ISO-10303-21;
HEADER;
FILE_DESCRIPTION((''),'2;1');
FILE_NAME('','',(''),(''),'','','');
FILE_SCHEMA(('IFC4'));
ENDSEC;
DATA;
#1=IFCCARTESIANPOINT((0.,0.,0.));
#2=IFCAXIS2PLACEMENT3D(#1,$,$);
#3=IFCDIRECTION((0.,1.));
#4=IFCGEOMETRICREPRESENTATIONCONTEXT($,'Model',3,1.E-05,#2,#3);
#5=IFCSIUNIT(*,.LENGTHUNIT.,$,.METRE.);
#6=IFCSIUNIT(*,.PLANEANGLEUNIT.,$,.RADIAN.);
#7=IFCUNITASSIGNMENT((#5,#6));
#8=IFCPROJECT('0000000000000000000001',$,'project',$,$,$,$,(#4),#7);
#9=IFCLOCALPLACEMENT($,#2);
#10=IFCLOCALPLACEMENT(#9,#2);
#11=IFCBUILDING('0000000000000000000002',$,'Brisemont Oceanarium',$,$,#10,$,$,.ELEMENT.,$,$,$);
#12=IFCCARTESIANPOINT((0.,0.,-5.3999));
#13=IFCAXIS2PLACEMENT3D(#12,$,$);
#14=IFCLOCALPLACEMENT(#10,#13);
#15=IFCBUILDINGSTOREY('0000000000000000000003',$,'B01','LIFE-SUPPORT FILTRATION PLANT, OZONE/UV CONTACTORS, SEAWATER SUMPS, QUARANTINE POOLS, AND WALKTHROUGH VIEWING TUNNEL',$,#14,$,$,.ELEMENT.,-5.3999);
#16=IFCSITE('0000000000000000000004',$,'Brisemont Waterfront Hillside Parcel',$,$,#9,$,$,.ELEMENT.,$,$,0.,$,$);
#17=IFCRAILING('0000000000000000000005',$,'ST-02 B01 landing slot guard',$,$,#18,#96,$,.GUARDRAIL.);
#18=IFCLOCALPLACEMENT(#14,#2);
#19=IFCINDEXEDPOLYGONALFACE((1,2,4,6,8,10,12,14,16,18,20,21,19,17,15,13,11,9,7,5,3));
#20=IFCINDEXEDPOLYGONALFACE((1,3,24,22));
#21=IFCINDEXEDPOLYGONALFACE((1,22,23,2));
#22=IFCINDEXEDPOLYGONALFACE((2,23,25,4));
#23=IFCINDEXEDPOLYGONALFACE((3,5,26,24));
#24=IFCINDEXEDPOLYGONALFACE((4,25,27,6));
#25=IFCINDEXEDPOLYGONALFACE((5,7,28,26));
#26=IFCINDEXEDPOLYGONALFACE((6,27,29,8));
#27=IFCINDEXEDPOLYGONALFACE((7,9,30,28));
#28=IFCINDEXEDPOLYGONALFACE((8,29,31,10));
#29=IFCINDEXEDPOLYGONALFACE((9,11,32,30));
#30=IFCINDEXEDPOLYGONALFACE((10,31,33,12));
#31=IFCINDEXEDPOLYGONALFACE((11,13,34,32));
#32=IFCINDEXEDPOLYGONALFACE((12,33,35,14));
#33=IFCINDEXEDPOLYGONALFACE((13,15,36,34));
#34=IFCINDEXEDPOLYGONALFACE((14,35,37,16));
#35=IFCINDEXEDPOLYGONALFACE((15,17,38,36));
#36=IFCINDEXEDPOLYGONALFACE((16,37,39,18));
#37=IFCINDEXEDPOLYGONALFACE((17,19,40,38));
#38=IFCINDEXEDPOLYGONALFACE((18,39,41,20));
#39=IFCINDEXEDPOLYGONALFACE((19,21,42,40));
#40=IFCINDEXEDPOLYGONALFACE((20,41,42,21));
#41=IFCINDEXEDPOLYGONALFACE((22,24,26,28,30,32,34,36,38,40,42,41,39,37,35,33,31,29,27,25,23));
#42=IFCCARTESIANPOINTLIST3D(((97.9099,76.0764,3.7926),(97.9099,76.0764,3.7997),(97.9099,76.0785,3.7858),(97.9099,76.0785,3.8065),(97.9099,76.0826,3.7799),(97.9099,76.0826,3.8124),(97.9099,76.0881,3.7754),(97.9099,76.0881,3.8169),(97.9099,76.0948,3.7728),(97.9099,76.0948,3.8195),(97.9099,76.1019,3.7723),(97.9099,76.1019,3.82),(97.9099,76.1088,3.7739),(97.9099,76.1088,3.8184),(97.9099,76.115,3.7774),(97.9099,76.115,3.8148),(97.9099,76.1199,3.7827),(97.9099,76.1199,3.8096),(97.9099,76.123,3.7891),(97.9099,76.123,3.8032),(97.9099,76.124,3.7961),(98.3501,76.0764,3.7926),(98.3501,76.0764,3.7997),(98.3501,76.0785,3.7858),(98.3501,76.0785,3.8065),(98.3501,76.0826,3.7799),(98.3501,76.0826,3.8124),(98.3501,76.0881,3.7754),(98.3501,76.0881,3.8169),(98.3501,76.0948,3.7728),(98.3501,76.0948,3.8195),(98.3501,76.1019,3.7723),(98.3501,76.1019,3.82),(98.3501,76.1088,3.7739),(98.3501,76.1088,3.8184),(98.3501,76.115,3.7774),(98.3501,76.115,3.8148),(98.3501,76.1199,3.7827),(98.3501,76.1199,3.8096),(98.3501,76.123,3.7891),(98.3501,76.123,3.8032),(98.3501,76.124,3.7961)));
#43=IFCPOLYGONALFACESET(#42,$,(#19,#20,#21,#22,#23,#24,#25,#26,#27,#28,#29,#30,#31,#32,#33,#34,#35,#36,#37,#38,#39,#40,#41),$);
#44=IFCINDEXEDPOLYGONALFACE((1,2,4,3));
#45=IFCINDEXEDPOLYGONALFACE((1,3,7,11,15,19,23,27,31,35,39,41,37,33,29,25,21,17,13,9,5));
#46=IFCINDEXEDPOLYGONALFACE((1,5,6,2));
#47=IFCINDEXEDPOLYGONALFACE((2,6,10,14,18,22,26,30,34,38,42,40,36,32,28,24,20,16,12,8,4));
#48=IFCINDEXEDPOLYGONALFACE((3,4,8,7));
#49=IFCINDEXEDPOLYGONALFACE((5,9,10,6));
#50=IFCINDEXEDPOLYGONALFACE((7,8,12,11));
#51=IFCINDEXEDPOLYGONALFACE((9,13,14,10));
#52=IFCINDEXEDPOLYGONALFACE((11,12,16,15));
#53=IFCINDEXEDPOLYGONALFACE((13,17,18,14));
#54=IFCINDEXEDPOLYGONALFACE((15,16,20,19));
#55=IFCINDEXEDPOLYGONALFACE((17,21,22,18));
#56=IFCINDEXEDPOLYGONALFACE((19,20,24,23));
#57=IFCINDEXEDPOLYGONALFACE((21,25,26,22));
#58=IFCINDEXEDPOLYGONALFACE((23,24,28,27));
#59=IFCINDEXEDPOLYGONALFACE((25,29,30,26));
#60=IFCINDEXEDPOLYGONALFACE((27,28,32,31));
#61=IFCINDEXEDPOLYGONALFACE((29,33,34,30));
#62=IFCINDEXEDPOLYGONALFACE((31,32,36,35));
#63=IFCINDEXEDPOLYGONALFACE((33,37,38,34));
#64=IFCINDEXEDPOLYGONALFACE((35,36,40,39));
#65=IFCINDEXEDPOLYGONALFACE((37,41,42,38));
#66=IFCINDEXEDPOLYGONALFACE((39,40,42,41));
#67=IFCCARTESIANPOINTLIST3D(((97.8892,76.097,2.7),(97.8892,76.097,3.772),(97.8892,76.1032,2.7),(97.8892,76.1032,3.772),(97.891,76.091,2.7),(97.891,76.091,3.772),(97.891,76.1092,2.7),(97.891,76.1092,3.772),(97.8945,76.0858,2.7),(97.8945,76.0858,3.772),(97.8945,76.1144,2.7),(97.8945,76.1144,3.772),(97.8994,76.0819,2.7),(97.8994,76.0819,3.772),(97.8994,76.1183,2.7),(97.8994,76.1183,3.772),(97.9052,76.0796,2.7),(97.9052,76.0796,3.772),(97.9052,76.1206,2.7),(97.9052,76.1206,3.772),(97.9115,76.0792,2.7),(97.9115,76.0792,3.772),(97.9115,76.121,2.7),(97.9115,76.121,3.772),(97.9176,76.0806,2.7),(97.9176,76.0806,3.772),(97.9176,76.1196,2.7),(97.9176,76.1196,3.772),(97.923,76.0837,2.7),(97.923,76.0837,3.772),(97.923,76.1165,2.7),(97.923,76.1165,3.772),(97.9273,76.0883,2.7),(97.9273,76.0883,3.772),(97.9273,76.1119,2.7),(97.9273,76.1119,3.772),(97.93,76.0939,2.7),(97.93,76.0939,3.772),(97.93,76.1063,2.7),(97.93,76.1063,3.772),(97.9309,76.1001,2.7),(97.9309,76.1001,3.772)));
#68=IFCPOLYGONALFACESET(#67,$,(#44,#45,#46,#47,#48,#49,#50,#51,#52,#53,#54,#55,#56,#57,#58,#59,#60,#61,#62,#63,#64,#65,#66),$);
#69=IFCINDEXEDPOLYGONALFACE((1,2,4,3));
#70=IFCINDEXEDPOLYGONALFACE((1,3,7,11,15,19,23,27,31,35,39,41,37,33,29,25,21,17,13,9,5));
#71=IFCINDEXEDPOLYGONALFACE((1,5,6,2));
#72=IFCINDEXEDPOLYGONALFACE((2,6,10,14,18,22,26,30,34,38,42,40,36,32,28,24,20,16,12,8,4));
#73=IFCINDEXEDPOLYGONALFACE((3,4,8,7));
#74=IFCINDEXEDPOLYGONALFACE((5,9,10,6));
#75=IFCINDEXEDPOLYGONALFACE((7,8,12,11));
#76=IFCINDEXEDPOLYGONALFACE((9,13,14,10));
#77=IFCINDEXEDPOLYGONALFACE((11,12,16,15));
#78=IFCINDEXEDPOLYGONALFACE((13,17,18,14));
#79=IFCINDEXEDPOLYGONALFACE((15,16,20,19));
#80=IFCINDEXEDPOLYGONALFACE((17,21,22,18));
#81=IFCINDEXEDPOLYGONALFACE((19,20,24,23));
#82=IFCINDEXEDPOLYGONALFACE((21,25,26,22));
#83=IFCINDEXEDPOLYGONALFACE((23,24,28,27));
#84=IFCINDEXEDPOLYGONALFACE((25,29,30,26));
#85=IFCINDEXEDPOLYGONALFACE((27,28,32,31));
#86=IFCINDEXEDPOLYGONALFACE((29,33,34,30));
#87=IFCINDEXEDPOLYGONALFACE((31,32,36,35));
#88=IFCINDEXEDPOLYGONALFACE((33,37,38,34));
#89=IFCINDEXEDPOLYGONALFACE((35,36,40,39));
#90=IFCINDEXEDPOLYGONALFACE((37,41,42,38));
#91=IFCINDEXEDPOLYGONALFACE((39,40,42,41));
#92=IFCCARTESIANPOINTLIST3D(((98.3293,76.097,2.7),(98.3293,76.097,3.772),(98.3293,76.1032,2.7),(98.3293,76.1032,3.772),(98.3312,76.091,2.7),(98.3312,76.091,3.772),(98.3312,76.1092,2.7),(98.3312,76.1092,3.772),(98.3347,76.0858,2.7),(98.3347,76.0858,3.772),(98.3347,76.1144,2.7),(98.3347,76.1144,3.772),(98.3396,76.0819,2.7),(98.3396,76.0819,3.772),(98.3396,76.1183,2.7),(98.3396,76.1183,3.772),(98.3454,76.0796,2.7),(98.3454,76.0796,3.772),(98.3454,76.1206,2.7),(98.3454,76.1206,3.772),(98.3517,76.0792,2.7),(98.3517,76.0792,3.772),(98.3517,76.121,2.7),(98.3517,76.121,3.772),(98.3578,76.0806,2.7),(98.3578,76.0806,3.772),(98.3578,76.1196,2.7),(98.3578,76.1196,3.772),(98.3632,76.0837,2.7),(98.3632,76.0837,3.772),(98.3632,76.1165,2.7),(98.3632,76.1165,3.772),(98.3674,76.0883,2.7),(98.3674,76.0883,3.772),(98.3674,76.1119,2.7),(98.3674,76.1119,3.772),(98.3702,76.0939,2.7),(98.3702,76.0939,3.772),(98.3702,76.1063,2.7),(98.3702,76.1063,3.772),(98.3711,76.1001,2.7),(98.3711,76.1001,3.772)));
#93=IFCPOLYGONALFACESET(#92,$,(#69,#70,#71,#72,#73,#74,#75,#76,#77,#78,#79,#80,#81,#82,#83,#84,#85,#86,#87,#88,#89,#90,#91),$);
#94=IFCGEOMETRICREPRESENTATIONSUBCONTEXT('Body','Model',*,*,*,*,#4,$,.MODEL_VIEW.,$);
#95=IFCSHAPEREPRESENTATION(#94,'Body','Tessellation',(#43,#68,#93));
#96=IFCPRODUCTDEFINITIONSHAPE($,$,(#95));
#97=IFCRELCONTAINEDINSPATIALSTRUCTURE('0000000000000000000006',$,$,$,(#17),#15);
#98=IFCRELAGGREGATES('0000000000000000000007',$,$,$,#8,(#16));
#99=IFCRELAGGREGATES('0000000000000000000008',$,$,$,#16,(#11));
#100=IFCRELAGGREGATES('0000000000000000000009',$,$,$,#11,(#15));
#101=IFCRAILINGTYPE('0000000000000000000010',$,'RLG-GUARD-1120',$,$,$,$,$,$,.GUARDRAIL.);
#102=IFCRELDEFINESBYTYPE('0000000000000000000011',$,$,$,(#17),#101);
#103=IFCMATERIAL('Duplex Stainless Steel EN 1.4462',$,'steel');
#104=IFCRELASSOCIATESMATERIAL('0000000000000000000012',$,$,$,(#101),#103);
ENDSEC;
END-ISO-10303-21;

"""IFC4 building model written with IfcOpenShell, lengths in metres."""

from ifc_helpers import new_model, si_unit, direction, frame, origin, origin_2d, place, context, subcontext, project, spatial, circle, extrude, material, type_object, element, save


model = new_model("IFC4")

# Units and contexts
model_context = context("Model", 3, precision=1e-05, world=origin(), true_north=direction((0.0, 1.0)))
body_context = subcontext(model_context, "Body", "Model", "MODEL_VIEW")
ifc_project = project(units=[si_unit("LENGTHUNIT", "METRE"), si_unit("PLANEANGLEUNIT", "RADIAN")], contexts=[model_context])

# Site, building, storey
site_placement = place(None, origin())
site = spatial("IfcSite", under=ifc_project, at=site_placement, Name="Brisemont Waterfront Hillside Parcel", CompositionType="ELEMENT", RefElevation=0.0)
building_placement = place(site_placement, origin())
building = spatial("IfcBuilding", under=site, at=building_placement, Name="Brisemont Oceanarium", CompositionType="ELEMENT")
storey_placement = place(building_placement, frame((0.0, 0.0, -5.3999)))
storey = spatial("IfcBuildingStorey", under=building, at=storey_placement, Name="B01", Description="LIFE-SUPPORT FILTRATION PLANT, OZONE/UV CONTACTORS, SEAWATER SUMPS, QUARANTINE POOLS, AND WALKTHROUGH VIEWING TUNNEL", CompositionType="ELEMENT", Elevation=-5.3999)

# Railing
ifc_material_1 = material(Name="Duplex Stainless Steel EN 1.4462", Category="steel")
railing_type_1 = type_object("IfcRailingType", Name="RLG-GUARD-1120", PredefinedType="GUARDRAIL", material=ifc_material_1)
railing_1_placement = place(storey_placement, frame((97.9099, 76.1001, 2.7)))
element("IfcRailing", 1, at=railing_1_placement, inside=storey, type_object=railing_type_1, Name="ST-02 B01 landing slot guard", PredefinedType="GUARDRAIL", context=body_context, shape_type="SweptSolid", body=[
    extrude(circle(Radius=0.0239, at=origin_2d()), frame((0.0, 0.0, 1.0962), z_axis=(1.0, 0.0, 0.0), x_axis=(0.0, 1.0, 0.0)), (0.0, 0.0, 1.0), 0.4402),
    extrude(circle(Radius=0.021, at=origin_2d()), origin(), (0.0, 0.0, 1.0), 1.072),
    extrude(circle(Radius=0.021, at=origin_2d()), frame((0.4402, 0.0, 0.0)), (0.0, 0.0, 1.0), 1.072),
])

save(model, "model.ifc")
